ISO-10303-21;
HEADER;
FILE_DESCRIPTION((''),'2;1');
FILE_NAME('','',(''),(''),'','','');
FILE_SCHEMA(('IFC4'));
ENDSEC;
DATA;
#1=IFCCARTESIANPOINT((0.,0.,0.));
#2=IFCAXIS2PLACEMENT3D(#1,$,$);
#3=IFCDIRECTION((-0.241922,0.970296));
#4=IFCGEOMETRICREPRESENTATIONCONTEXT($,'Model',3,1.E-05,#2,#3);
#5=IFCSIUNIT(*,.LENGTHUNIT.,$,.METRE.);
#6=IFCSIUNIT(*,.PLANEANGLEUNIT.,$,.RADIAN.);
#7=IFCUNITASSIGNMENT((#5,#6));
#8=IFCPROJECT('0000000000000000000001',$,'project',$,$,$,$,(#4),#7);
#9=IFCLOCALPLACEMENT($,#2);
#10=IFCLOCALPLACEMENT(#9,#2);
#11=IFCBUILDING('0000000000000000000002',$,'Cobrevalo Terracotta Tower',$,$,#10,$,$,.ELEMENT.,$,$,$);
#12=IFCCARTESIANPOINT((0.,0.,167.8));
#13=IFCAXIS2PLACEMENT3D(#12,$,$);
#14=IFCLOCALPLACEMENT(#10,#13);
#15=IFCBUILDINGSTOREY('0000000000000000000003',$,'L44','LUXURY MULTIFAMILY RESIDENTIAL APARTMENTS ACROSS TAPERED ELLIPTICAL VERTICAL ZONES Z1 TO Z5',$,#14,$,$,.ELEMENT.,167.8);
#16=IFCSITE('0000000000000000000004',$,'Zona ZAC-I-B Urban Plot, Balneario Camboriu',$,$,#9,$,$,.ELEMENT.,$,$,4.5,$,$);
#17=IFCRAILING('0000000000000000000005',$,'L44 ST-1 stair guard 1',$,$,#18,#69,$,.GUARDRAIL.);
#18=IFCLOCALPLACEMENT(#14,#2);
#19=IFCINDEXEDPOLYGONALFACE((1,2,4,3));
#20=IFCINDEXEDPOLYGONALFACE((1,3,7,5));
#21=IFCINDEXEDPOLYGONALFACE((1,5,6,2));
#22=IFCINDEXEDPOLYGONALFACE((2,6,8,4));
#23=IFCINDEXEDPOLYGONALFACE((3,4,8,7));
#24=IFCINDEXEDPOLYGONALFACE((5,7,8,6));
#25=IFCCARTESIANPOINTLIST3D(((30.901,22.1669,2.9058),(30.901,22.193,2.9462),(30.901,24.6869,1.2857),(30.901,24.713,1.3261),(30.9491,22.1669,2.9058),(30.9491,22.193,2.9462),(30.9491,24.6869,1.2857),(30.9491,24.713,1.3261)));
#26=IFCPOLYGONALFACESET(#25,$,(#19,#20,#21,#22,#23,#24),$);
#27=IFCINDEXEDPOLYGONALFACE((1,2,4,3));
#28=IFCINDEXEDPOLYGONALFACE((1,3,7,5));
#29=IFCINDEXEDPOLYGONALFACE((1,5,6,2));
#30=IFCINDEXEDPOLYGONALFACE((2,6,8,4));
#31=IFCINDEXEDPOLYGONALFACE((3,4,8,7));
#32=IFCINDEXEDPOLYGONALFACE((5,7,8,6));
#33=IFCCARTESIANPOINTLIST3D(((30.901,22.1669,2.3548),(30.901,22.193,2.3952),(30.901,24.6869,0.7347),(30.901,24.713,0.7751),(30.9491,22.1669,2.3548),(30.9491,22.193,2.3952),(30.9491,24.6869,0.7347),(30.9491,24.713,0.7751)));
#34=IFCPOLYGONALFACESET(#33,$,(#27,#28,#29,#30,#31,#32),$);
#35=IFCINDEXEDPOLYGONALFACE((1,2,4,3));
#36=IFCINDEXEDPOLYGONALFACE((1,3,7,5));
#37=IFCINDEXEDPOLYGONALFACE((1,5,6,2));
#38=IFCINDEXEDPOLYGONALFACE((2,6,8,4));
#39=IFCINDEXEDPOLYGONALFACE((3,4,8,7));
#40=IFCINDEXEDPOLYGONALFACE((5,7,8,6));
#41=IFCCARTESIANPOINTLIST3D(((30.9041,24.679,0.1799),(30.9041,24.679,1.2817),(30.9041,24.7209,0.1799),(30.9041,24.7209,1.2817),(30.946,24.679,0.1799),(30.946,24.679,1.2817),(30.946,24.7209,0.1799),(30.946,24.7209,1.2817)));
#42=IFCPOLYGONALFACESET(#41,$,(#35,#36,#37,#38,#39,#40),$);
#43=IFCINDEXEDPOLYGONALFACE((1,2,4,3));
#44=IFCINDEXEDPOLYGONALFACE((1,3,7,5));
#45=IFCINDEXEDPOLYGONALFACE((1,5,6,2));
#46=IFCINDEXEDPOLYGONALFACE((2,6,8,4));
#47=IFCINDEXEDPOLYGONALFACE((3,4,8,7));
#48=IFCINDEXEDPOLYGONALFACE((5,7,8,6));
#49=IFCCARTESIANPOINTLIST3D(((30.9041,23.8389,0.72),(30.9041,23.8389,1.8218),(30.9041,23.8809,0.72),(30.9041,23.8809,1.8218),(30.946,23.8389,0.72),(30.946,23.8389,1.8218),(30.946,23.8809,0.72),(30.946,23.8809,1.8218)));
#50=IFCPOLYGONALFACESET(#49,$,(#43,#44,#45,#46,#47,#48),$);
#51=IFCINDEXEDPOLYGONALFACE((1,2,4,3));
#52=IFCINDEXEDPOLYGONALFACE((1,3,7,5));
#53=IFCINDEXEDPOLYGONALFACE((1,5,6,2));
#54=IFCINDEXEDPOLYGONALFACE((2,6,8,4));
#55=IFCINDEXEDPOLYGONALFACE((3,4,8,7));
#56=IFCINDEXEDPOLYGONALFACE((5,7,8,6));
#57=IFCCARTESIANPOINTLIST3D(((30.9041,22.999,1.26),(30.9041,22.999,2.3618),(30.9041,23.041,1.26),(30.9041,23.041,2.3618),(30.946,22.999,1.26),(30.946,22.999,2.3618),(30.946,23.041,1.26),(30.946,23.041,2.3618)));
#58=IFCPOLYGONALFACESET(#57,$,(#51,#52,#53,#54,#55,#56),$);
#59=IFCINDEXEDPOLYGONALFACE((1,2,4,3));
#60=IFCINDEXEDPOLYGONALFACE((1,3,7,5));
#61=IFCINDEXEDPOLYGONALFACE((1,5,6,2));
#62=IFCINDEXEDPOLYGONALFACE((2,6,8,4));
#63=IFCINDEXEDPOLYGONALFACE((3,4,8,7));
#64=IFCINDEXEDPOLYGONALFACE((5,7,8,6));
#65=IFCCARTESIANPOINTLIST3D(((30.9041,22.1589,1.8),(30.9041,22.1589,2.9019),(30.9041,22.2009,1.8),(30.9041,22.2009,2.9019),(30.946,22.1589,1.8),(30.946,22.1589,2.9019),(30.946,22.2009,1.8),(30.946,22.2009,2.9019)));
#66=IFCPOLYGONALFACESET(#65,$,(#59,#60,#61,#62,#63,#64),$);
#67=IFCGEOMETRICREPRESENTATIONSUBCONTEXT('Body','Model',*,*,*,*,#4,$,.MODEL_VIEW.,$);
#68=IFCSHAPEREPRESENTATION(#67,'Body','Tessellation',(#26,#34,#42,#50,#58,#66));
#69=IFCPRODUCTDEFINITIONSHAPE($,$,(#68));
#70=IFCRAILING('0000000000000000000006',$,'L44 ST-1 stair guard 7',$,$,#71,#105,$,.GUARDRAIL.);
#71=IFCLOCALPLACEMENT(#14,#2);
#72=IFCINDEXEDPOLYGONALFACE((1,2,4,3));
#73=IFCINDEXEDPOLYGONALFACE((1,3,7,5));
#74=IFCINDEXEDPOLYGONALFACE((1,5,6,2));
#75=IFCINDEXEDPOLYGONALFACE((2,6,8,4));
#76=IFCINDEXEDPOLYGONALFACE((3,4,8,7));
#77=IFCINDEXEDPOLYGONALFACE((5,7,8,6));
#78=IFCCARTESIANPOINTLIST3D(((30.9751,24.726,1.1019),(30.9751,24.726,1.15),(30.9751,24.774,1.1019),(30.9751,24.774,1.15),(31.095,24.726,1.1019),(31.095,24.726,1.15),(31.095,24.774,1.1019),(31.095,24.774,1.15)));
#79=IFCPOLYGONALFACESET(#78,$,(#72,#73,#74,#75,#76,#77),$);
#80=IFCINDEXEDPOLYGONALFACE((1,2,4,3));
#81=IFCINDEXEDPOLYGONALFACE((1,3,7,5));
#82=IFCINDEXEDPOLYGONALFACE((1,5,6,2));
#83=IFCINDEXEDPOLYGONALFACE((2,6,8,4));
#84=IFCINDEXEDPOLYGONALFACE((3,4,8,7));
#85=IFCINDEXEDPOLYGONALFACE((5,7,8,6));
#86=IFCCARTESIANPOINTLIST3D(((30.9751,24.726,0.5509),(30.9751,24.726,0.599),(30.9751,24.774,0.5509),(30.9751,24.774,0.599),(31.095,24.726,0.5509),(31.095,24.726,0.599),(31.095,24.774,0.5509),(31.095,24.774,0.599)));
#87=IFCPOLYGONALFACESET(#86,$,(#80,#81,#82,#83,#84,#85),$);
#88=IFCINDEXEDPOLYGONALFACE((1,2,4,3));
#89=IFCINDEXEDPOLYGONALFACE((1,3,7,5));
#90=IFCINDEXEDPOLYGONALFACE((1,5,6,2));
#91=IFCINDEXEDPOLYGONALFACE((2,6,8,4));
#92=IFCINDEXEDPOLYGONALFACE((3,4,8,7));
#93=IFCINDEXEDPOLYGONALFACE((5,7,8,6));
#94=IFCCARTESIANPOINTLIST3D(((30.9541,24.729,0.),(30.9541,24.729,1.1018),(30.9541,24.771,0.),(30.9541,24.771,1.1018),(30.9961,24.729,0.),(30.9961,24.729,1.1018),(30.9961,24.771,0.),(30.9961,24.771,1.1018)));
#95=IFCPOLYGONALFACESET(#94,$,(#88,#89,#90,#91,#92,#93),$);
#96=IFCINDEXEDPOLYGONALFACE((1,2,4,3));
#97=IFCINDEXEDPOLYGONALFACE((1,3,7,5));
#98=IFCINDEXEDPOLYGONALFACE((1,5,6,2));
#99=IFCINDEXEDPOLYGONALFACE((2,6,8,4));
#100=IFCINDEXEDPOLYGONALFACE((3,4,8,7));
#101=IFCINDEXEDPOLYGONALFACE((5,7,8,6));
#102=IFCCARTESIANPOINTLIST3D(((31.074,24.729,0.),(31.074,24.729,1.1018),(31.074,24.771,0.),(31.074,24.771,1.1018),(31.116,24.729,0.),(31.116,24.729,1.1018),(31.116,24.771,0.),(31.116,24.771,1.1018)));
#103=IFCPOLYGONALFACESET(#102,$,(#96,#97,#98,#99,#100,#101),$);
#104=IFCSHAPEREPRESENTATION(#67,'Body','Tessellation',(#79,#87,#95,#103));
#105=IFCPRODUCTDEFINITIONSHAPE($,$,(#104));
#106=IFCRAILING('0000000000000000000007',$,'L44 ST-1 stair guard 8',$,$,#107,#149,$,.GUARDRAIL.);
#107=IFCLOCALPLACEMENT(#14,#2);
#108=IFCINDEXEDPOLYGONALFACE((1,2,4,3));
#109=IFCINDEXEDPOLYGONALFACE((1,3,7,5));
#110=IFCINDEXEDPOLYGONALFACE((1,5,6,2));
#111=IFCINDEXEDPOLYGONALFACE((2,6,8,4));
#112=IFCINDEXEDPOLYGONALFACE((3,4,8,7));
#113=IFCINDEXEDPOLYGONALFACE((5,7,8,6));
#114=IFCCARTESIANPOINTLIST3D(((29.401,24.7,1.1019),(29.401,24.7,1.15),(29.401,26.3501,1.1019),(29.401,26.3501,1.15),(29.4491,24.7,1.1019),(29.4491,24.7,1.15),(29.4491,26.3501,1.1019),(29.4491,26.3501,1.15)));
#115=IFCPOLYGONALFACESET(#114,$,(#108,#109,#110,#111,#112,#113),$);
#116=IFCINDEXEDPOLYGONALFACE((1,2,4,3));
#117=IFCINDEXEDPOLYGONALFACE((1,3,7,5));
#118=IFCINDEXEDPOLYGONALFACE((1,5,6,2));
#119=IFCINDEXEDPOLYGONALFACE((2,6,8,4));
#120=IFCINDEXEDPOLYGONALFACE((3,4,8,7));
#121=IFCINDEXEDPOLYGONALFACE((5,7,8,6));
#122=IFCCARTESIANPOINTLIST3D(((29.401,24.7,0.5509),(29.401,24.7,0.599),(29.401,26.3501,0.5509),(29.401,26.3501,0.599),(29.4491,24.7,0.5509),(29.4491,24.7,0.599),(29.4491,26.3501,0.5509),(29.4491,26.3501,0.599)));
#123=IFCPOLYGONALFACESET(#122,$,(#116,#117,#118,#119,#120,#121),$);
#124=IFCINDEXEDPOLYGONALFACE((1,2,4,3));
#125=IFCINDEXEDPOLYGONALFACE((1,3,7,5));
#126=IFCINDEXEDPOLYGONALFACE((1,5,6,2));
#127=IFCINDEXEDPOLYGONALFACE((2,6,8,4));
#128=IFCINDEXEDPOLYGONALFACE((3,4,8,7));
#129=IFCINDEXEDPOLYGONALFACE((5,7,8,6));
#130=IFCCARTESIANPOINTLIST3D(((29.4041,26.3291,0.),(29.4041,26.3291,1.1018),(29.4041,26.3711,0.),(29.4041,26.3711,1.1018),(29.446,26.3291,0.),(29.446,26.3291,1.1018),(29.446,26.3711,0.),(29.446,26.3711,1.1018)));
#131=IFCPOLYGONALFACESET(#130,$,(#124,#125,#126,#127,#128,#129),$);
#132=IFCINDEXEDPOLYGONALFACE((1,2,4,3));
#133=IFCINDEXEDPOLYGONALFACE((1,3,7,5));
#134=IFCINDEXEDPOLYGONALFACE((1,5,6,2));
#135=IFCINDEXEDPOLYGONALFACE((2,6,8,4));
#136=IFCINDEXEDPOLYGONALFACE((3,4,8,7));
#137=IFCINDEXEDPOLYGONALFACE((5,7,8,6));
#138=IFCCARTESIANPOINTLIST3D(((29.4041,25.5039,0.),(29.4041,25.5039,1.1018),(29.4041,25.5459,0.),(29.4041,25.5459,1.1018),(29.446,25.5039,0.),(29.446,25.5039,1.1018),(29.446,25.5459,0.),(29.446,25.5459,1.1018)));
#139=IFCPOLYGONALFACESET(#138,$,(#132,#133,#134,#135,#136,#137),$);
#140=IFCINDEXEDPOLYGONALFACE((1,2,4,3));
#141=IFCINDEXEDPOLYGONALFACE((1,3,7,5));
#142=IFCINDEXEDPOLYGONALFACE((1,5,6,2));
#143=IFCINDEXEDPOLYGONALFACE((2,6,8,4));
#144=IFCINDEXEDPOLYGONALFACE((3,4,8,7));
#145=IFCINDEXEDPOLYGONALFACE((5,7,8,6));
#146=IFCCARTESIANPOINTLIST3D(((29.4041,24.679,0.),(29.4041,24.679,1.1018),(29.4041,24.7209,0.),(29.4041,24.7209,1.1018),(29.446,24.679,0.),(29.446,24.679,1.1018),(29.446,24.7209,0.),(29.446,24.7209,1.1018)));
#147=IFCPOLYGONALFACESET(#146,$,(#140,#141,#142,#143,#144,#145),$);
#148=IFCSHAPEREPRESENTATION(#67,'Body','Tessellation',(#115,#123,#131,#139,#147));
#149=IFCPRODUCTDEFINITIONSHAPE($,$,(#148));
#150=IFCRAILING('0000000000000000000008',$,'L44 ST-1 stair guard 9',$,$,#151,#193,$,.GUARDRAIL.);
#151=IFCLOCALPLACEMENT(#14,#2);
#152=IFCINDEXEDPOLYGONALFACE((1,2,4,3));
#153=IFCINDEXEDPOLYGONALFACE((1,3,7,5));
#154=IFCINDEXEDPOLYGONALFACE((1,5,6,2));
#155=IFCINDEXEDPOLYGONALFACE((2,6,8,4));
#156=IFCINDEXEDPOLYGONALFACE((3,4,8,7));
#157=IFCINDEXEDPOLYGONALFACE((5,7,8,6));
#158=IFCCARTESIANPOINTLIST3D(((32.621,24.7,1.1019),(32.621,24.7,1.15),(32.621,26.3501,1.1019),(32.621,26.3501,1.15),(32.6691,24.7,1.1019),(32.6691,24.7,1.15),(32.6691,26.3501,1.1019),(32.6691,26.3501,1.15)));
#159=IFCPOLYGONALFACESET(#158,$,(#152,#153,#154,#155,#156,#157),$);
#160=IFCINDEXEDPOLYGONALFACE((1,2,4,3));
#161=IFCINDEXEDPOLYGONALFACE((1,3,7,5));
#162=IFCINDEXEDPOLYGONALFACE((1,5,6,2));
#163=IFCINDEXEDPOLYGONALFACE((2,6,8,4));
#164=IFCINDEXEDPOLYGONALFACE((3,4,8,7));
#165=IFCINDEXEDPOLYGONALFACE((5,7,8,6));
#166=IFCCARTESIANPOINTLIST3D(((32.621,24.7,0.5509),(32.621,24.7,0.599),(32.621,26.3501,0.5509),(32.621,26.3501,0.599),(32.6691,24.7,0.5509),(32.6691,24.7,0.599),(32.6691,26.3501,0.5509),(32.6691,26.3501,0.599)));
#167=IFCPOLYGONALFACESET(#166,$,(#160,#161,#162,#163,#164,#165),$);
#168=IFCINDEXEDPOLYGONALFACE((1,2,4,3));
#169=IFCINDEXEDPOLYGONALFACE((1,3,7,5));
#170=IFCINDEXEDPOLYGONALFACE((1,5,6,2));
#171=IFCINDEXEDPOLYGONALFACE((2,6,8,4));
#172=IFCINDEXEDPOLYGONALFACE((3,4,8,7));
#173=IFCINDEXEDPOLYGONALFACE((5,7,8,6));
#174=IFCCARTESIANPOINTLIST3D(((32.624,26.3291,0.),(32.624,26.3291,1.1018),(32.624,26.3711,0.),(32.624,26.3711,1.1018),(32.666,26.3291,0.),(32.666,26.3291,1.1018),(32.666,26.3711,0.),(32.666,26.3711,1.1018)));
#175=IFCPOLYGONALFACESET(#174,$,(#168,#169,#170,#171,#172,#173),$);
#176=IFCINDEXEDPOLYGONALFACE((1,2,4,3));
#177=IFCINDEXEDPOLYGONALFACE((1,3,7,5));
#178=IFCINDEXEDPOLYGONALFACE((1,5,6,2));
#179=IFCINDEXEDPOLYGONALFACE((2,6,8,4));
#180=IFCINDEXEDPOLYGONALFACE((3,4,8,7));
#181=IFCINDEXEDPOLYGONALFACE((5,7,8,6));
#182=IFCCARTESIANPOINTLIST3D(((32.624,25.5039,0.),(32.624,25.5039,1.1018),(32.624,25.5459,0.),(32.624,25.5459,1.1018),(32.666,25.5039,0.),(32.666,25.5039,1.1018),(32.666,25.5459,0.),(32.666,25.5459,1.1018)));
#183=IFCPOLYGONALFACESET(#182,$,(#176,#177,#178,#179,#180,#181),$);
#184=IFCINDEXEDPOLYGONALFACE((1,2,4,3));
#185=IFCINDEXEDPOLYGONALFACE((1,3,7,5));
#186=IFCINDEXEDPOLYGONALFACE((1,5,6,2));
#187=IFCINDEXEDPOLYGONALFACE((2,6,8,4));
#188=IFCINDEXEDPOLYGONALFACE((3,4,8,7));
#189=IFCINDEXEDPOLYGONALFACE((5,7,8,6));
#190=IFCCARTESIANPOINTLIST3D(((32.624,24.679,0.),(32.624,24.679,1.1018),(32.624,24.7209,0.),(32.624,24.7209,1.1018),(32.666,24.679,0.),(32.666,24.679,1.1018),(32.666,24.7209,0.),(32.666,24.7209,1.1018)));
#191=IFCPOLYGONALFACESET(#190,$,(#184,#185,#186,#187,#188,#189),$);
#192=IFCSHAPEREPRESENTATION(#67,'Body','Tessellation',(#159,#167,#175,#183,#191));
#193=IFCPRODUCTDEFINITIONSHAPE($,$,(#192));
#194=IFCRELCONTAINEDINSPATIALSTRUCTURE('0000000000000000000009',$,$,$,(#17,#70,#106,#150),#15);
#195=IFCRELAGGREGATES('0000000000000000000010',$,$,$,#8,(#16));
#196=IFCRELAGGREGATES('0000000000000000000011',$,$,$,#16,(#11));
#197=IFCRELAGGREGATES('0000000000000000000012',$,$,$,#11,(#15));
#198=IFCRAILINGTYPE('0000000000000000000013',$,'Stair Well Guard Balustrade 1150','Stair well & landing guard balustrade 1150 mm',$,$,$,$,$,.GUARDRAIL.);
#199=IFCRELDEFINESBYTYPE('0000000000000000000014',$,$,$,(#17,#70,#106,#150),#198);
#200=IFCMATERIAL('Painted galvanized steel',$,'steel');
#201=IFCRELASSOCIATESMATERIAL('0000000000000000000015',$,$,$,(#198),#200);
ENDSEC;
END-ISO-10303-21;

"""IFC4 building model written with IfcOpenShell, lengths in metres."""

from ifc_helpers import new_model, si_unit, direction, frame, origin, origin_2d, place, context, subcontext, project, spatial, rectangle, extrude, material, type_object, element, save


model = new_model("IFC4")

# Units and contexts
model_context = context("Model", 3, precision=1e-05, world=origin(), true_north=direction((-0.241922, 0.970296)))
body_context = subcontext(model_context, "Body", "Model", "MODEL_VIEW")
ifc_project = project(units=[si_unit("LENGTHUNIT", "METRE"), si_unit("PLANEANGLEUNIT", "RADIAN")], contexts=[model_context])

# Site, building, storey
site_placement = place(None, origin())
site = spatial("IfcSite", under=ifc_project, at=site_placement, Name="Zona ZAC-I-B Urban Plot, Balneario Camboriu", CompositionType="ELEMENT", RefElevation=4.5)
building_placement = place(site_placement, origin())
building = spatial("IfcBuilding", under=site, at=building_placement, Name="Cobrevalo Terracotta Tower", CompositionType="ELEMENT")
storey_placement = place(building_placement, frame((0.0, 0.0, 167.8)))
storey = spatial("IfcBuildingStorey", under=building, at=storey_placement, Name="L44", Description="LUXURY MULTIFAMILY RESIDENTIAL APARTMENTS ACROSS TAPERED ELLIPTICAL VERTICAL ZONES Z1 TO Z5", CompositionType="ELEMENT", Elevation=167.8)

# Railings
ifc_material_1 = material(Name="Painted galvanized steel", Category="steel")
railing_type_1 = type_object("IfcRailingType", Name="Stair Well Guard Balustrade 1150", Description="Stair well & landing guard balustrade 1150 mm", PredefinedType="GUARDRAIL", material=ifc_material_1)
railing_1_placement = place(storey_placement, frame((30.925, 24.7, 0.1799)))
element("IfcRailing", 1, at=railing_1_placement, inside=storey, type_object=railing_type_1, Name="L44 ST-1 stair guard 1", PredefinedType="GUARDRAIL", context=body_context, shape_type="SweptSolid", body=[
    extrude(rectangle(XDim=0.0481, YDim=0.0481, at=origin_2d()), frame((0.0, 0.0, 1.126), z_axis=(0.0, -0.841163, 0.540782), x_axis=(1.0, 0.0, 0.0)), (0.0, 0.0, 1.0), 2.9958),
    extrude(rectangle(XDim=0.0481, YDim=0.0481, at=origin_2d()), frame((0.0, 0.0, 0.575), z_axis=(0.0, -0.841163, 0.540782), x_axis=(1.0, 0.0, 0.0)), (0.0, 0.0, 1.0), 2.9958),
    extrude(rectangle(XDim=0.042, YDim=0.042, at=origin_2d()), origin(), (0.0, 0.0, 1.0), 1.1018),
    extrude(rectangle(XDim=0.042, YDim=0.042, at=origin_2d()), frame((0.0, -0.8401, 0.54)), (0.0, 0.0, 1.0), 1.1018),
    extrude(rectangle(XDim=0.042, YDim=0.042, at=origin_2d()), frame((0.0, -1.6799, 1.0801)), (0.0, 0.0, 1.0), 1.1018),
    extrude(rectangle(XDim=0.042, YDim=0.042, at=origin_2d()), frame((0.0, -2.52, 1.6201)), (0.0, 0.0, 1.0), 1.1018),
])
railing_2_placement = place(storey_placement, frame((30.9751, 24.75, 0.0)))
element("IfcRailing", 2, at=railing_2_placement, inside=storey, type_object=railing_type_1, Name="L44 ST-1 stair guard 7", PredefinedType="GUARDRAIL", context=body_context, shape_type="SweptSolid", body=[
    extrude(rectangle(XDim=0.0481, YDim=0.0481, at=origin_2d()), frame((0.0, 0.0, 1.126), z_axis=(1.0, 0.0, 0.0), x_axis=(0.0, 1.0, 0.0)), (0.0, 0.0, 1.0), 0.1199),
    extrude(rectangle(XDim=0.0481, YDim=0.0481, at=origin_2d()), frame((0.0, 0.0, 0.575), z_axis=(1.0, 0.0, 0.0), x_axis=(0.0, 1.0, 0.0)), (0.0, 0.0, 1.0), 0.1199),
    extrude(rectangle(XDim=0.042, YDim=0.042, at=origin_2d()), origin(), (0.0, 0.0, 1.0), 1.1018),
    extrude(rectangle(XDim=0.042, YDim=0.042, at=origin_2d()), frame((0.1199, 0.0, 0.0)), (0.0, 0.0, 1.0), 1.1018),
])
for number, where, name in (
    (3, (29.425, 26.3501, 0.0), "L44 ST-1 stair guard 8"),
    (4, (32.645, 26.3501, 0.0), "L44 ST-1 stair guard 9"),
):
    element("IfcRailing", number, at=place(storey_placement, frame(where)), inside=storey, type_object=railing_type_1, Name=name, PredefinedType="GUARDRAIL", context=body_context, shape_type="SweptSolid", body=[
        extrude(rectangle(XDim=0.0481, YDim=0.0481, at=origin_2d()), frame((0.0, 0.0, 1.126), z_axis=(0.0, -1.0, 0.0), x_axis=(1.0, 0.0, 0.0)), (0.0, 0.0, 1.0), 1.6501),
        extrude(rectangle(XDim=0.0481, YDim=0.0481, at=origin_2d()), frame((0.0, 0.0, 0.575), z_axis=(0.0, -1.0, 0.0), x_axis=(1.0, 0.0, 0.0)), (0.0, 0.0, 1.0), 1.6501),
        extrude(rectangle(XDim=0.042, YDim=0.042, at=origin_2d()), origin(), (0.0, 0.0, 1.0), 1.1018),
        extrude(rectangle(XDim=0.042, YDim=0.042, at=origin_2d()), frame((0.0, -0.8252, 0.0)), (0.0, 0.0, 1.0), 1.1018),
        extrude(rectangle(XDim=0.042, YDim=0.042, at=origin_2d()), frame((0.0, -1.6501, 0.0)), (0.0, 0.0, 1.0), 1.1018),
    ])

save(model, "model.ifc")
